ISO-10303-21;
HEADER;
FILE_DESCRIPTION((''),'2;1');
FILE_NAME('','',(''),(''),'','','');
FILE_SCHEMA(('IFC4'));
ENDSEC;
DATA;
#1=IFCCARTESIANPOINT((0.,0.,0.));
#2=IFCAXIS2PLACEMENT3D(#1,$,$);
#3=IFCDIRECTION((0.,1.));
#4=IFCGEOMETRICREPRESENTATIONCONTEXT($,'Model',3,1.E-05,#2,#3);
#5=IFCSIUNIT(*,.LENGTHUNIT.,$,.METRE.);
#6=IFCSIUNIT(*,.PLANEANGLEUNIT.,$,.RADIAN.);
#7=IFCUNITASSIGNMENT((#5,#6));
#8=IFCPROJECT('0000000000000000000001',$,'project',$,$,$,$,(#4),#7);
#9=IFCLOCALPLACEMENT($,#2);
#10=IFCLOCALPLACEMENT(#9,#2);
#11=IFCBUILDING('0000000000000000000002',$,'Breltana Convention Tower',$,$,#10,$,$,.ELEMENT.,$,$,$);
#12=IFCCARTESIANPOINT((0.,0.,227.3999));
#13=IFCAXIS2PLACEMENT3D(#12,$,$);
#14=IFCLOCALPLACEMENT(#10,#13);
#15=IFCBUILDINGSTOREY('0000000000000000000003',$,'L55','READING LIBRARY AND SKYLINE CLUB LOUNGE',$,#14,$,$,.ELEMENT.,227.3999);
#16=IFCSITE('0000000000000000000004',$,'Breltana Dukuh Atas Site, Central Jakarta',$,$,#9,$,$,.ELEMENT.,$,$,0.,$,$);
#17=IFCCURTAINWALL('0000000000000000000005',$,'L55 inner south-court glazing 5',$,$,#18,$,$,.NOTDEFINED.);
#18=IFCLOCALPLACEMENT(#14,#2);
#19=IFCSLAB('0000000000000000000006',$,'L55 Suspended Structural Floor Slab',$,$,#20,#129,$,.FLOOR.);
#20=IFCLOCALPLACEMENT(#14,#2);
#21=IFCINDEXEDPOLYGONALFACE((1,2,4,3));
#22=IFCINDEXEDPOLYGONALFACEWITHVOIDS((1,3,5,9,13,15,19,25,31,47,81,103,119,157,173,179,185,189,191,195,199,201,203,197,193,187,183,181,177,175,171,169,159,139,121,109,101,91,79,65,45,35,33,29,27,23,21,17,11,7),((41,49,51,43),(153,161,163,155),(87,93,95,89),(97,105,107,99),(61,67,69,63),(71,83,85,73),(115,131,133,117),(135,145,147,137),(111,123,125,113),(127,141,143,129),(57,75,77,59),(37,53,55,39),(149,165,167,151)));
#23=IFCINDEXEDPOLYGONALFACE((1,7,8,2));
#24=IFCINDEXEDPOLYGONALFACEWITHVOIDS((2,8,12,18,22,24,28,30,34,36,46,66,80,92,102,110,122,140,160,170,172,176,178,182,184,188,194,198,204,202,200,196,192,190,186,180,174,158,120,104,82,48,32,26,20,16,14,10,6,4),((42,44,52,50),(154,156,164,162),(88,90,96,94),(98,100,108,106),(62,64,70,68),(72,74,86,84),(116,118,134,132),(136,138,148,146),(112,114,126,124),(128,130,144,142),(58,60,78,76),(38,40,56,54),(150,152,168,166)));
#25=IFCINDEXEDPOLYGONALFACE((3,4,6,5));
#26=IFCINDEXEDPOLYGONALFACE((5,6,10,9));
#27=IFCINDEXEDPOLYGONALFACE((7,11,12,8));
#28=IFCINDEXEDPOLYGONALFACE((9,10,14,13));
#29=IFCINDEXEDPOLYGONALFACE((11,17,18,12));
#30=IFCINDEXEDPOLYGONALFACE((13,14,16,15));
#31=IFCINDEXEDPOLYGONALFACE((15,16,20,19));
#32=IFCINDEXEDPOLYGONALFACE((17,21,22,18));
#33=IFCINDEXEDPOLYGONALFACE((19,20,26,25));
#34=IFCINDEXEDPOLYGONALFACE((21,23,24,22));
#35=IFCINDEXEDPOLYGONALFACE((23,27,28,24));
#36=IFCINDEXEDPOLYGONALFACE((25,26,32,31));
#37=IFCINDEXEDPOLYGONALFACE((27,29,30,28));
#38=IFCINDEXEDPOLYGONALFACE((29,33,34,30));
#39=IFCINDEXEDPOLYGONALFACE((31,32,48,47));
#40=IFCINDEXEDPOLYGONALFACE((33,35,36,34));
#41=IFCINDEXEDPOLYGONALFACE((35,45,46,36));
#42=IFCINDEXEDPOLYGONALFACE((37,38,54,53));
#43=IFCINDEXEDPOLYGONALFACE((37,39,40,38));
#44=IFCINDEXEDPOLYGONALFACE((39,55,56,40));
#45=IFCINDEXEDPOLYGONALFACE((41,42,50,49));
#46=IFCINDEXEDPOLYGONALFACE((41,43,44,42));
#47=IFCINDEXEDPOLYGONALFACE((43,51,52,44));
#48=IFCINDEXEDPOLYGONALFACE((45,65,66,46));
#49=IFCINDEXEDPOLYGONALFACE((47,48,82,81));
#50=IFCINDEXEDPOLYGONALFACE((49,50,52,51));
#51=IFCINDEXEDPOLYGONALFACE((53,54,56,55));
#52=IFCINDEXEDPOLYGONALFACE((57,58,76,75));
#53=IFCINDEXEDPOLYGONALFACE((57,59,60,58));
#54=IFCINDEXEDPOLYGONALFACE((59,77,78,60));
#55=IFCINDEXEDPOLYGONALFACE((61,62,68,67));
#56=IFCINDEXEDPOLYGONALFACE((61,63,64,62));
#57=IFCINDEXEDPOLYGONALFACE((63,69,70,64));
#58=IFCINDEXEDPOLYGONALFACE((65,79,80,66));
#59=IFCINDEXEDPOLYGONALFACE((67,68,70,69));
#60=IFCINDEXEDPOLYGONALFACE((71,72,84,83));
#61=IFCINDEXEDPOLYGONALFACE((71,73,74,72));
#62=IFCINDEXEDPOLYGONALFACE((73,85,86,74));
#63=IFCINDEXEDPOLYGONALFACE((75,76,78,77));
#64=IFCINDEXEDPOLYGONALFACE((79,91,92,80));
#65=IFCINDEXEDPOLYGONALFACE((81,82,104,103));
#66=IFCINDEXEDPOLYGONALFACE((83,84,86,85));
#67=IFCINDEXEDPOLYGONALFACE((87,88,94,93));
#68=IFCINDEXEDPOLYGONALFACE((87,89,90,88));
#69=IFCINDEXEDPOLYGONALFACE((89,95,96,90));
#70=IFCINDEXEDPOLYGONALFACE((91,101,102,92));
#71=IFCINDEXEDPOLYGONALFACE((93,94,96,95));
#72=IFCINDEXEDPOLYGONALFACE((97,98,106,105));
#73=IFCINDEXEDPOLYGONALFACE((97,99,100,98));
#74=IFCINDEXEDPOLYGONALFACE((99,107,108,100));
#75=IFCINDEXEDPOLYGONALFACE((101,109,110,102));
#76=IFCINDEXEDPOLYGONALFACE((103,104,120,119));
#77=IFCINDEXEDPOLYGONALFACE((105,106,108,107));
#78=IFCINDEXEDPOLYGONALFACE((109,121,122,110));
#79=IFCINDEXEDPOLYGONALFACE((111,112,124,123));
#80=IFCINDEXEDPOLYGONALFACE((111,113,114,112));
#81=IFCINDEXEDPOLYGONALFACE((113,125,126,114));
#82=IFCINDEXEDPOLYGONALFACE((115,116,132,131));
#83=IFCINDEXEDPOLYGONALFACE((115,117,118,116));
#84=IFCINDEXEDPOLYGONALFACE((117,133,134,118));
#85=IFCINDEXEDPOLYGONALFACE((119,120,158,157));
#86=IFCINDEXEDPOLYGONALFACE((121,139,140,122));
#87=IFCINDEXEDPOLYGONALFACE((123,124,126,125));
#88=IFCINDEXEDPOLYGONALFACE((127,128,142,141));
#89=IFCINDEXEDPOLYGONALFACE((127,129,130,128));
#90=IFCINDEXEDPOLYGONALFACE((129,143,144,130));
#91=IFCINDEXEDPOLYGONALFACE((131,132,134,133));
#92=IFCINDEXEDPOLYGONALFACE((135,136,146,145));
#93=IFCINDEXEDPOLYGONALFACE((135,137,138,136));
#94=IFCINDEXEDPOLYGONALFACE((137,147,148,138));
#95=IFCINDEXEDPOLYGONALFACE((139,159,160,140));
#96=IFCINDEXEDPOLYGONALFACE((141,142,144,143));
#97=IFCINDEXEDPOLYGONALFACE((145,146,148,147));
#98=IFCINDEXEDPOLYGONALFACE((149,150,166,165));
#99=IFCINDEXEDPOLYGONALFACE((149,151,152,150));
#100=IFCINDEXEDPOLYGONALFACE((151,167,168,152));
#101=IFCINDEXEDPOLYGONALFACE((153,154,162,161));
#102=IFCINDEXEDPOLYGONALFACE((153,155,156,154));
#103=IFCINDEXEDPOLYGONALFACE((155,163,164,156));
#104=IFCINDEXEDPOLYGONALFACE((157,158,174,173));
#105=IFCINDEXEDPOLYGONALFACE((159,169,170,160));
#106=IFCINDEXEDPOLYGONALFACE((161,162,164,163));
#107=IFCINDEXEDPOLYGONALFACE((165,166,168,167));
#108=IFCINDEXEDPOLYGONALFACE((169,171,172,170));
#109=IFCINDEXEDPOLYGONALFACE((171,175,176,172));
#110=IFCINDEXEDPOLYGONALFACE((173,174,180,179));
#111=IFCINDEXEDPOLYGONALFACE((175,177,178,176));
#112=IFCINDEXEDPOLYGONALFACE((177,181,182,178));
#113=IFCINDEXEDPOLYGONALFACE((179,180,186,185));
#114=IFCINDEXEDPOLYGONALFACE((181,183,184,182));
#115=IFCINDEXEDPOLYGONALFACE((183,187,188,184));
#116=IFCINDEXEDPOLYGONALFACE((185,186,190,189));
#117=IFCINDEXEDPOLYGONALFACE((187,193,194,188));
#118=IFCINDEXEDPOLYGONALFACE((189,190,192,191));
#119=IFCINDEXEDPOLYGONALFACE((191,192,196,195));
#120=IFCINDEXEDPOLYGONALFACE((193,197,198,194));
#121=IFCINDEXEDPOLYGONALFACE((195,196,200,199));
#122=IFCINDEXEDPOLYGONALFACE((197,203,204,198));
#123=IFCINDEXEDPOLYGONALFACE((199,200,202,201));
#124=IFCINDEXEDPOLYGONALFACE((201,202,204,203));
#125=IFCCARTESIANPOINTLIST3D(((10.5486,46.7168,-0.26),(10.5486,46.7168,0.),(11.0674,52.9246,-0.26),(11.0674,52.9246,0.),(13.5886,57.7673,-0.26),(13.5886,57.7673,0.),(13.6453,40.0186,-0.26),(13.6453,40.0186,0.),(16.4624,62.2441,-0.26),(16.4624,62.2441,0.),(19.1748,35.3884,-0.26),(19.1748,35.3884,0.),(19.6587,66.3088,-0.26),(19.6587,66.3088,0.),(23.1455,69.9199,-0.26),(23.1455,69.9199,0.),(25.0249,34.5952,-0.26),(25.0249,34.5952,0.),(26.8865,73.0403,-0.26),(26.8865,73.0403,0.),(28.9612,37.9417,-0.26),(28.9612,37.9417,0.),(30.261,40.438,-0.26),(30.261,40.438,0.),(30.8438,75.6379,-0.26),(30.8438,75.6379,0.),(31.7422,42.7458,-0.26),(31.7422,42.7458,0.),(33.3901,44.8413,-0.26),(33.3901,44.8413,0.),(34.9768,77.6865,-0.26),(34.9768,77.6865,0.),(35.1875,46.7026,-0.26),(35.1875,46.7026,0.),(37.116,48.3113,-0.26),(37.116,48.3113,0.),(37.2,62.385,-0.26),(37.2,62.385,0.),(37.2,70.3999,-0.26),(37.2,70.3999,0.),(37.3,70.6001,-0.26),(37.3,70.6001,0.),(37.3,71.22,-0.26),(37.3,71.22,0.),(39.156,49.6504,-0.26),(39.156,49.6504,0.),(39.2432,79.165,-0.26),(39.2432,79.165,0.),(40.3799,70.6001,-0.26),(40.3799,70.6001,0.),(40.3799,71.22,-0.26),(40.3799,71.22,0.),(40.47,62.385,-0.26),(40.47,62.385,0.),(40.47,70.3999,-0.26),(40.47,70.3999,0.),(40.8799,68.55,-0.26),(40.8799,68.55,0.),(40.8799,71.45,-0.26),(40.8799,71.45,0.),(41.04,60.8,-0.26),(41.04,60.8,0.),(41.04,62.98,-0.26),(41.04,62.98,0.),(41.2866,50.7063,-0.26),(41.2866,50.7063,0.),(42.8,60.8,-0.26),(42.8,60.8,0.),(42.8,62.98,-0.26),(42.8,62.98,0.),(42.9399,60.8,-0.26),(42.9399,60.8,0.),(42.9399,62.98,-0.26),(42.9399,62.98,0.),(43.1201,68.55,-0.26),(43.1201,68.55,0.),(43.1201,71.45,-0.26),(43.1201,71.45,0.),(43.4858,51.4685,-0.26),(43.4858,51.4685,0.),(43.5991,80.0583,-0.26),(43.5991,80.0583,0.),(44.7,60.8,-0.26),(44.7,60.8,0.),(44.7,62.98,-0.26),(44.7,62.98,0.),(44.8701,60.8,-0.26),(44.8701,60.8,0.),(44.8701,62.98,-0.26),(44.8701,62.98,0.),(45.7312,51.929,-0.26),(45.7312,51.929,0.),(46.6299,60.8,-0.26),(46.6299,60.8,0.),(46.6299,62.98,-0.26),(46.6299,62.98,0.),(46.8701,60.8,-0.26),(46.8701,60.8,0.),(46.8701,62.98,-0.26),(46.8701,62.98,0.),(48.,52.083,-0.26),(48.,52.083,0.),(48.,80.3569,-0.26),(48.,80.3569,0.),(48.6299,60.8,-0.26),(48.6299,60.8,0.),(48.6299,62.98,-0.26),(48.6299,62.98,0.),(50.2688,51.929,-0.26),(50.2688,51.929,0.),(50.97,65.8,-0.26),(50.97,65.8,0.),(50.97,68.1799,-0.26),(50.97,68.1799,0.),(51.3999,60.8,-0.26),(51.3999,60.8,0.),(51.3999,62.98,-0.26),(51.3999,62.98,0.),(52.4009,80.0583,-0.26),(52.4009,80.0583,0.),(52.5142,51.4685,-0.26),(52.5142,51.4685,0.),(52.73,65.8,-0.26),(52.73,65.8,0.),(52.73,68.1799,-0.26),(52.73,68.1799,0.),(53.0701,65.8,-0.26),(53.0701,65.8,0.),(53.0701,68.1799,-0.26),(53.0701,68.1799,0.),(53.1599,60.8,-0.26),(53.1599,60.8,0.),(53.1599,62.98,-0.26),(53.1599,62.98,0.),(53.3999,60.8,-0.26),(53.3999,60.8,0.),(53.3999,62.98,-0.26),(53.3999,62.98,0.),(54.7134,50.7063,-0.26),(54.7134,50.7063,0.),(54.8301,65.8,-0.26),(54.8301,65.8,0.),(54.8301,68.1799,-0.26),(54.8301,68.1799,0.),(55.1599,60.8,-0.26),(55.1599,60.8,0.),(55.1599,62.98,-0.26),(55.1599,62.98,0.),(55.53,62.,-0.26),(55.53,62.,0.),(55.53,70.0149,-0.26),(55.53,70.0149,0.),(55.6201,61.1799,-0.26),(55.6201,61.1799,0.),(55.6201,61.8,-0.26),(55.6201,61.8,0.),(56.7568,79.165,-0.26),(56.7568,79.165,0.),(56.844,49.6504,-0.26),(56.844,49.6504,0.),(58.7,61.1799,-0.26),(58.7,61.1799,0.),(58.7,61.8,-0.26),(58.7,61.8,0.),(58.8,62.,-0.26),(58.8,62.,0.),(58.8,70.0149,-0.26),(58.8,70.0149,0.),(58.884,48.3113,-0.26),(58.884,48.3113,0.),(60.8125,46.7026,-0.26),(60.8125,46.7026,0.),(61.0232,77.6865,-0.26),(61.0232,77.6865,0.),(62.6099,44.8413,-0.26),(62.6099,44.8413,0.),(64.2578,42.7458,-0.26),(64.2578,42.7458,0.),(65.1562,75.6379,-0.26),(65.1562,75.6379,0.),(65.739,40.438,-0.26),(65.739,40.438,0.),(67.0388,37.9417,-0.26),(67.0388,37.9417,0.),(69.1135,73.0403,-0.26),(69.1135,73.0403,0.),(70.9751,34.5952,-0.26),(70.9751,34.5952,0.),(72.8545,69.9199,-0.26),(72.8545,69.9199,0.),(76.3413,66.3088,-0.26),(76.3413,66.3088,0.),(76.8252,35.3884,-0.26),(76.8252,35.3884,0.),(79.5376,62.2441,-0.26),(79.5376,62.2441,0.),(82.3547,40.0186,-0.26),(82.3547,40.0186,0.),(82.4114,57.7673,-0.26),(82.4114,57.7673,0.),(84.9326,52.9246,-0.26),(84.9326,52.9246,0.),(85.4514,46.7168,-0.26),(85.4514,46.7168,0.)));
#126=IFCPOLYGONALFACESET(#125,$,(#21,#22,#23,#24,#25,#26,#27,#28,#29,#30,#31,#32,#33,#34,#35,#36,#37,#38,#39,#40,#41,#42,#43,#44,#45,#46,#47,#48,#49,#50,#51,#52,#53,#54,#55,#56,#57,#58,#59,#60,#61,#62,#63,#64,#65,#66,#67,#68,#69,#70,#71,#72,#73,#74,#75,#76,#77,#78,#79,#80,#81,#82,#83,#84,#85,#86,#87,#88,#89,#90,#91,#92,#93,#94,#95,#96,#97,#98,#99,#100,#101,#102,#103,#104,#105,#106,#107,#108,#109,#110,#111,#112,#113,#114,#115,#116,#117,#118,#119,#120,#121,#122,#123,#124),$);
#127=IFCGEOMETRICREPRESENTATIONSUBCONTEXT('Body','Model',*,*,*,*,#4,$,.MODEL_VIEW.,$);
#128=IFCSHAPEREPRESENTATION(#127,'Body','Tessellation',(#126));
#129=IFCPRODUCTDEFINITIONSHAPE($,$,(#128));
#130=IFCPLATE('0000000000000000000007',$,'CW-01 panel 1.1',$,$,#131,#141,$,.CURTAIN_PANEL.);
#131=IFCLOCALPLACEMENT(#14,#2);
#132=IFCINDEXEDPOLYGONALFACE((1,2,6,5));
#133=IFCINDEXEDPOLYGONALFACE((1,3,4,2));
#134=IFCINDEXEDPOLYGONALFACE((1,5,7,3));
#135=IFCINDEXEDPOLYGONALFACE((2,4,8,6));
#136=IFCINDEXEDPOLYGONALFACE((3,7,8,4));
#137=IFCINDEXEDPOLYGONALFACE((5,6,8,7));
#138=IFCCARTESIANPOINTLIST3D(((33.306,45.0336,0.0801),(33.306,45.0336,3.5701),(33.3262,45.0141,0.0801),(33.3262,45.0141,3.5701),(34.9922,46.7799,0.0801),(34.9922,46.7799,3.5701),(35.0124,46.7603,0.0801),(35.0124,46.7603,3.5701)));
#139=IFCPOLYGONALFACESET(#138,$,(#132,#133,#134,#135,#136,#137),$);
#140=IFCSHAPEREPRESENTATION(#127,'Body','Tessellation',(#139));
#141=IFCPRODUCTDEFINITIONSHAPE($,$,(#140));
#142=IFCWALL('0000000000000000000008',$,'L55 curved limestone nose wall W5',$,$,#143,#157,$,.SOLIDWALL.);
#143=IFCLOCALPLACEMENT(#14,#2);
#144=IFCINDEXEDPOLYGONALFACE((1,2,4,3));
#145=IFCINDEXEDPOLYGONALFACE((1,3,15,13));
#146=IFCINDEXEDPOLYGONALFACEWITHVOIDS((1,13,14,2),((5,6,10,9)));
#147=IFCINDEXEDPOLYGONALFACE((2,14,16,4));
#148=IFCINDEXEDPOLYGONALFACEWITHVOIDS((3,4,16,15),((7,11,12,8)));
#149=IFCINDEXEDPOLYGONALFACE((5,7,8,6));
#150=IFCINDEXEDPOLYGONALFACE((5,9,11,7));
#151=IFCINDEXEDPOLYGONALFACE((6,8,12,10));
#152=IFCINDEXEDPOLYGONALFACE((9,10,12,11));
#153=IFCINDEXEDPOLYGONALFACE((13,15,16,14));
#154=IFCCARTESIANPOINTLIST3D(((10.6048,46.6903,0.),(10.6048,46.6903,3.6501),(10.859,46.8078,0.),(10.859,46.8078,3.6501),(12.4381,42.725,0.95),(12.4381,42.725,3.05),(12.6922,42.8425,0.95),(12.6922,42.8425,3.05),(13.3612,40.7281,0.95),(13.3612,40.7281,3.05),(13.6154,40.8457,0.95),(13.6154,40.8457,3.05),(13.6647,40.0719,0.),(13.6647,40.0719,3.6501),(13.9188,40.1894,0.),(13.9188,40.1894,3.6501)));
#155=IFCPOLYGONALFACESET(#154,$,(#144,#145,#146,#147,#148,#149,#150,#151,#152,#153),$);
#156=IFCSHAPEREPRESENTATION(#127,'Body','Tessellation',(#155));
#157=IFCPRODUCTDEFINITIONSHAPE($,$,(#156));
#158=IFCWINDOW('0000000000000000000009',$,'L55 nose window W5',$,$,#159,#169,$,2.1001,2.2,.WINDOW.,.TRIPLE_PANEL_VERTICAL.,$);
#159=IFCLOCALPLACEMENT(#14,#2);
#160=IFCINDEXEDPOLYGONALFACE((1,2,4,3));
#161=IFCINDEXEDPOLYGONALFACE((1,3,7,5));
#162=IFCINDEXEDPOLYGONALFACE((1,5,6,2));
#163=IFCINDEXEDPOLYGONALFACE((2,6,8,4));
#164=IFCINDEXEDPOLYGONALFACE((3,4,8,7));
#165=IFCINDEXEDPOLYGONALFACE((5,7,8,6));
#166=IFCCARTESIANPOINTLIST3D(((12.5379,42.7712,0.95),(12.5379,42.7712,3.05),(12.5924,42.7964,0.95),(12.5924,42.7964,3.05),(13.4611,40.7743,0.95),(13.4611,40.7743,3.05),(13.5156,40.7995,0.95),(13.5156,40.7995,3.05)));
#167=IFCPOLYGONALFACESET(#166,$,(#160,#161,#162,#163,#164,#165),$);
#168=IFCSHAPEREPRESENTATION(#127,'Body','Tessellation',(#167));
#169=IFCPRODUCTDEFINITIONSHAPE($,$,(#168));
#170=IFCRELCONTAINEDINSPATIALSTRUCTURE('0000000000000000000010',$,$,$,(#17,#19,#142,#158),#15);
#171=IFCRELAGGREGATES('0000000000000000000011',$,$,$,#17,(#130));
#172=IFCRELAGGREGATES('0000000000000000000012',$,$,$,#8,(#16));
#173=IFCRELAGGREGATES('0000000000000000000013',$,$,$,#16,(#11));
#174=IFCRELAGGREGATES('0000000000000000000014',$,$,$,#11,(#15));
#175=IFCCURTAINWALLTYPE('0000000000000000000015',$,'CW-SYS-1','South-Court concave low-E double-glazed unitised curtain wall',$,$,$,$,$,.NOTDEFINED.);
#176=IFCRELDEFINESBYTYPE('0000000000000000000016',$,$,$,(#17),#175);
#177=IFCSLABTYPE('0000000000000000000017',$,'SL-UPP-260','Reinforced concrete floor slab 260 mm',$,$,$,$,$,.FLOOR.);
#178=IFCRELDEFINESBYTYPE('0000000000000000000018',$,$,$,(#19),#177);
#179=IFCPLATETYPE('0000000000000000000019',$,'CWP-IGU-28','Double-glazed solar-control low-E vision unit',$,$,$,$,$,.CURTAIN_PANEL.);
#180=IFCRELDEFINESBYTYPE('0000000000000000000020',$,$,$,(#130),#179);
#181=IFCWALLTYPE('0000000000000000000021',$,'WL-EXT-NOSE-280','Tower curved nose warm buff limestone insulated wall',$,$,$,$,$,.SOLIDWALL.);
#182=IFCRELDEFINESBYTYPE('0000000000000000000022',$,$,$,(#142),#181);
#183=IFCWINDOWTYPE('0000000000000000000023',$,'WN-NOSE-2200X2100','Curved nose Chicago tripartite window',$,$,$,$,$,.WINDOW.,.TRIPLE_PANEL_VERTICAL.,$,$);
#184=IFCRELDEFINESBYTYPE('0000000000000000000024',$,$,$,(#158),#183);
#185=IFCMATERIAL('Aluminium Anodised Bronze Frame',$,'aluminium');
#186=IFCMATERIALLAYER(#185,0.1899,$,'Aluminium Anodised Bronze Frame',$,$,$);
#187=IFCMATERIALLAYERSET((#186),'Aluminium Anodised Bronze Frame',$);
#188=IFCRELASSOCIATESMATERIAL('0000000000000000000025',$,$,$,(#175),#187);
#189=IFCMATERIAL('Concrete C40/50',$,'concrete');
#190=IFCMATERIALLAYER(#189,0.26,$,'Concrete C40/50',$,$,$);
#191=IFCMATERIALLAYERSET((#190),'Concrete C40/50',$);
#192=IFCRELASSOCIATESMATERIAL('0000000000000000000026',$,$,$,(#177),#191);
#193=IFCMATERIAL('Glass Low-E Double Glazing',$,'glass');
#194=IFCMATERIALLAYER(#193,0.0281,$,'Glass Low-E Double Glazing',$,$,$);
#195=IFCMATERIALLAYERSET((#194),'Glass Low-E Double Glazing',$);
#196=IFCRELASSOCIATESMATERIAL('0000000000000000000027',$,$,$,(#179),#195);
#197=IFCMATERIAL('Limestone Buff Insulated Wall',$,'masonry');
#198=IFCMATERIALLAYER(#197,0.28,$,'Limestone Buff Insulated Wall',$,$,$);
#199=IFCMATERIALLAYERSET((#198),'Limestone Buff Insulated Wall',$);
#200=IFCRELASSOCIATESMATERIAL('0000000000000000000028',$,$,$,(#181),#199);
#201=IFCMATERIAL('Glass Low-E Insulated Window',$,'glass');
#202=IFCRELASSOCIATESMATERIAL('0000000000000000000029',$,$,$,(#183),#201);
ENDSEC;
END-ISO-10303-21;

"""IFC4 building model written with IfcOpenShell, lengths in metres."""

from ifc_helpers import new_model, si_unit, direction, frame, frame_2d, origin, origin_2d, place, context, subcontext, project, spatial, polyline, rectangle, outline, extrude, source, transform, mapped, material, layer, layer_set, type_object, type_shapes, element, fill, aggregate, save


model = new_model("IFC4")

# Units and contexts
model_context = context("Model", 3, precision=1e-05, world=origin(), true_north=direction((0.0, 1.0)))
body_context = subcontext(model_context, "Body", "Model", "MODEL_VIEW")
ifc_project = project(units=[si_unit("LENGTHUNIT", "METRE"), si_unit("PLANEANGLEUNIT", "RADIAN")], contexts=[model_context])

# Site, building, storey
site_placement = place(None, origin())
site = spatial("IfcSite", under=ifc_project, at=site_placement, Name="Breltana Dukuh Atas Site, Central Jakarta", CompositionType="ELEMENT", RefElevation=0.0)
building_placement = place(site_placement, origin())
building = spatial("IfcBuilding", under=site, at=building_placement, Name="Breltana Convention Tower", CompositionType="ELEMENT")
storey_placement = place(building_placement, frame((0.0, 0.0, 227.3999)))
storey = spatial("IfcBuildingStorey", under=building, at=storey_placement, Name="L55", Description="READING LIBRARY AND SKYLINE CLUB LOUNGE", CompositionType="ELEMENT", Elevation=227.3999)

# Curtain wall
ifc_material_1 = material(Name="Aluminium Anodised Bronze Frame", Category="aluminium")
ifc_layer_1 = layer(ifc_material_1, 0.1899, Name="Aluminium Anodised Bronze Frame")
ifc_layer_set_1 = layer_set([ifc_layer_1], Name="Aluminium Anodised Bronze Frame")
curtain_wall_type = type_object("IfcCurtainWallType", Name="CW-SYS-1", Description="South-Court concave low-E double-glazed unitised curtain wall", PredefinedType="NOTDEFINED", material=ifc_layer_set_1)
curtain_wall_placement = place(storey_placement, origin())
curtain_wall = element("IfcCurtainWall", 1, at=curtain_wall_placement, inside=storey, type_object=curtain_wall_type, Name="L55 inner south-court glazing 5", PredefinedType="NOTDEFINED")

# Shared definitions
ifc_material_2 = material(Name="Concrete C40/50", Category="concrete")

# Slab
ifc_layer_2 = layer(ifc_material_2, 0.26, Name="Concrete C40/50")
ifc_layer_set_2 = layer_set([ifc_layer_2], Name="Concrete C40/50")
slab_type_1 = type_object("IfcSlabType", Name="SL-UPP-260", Description="Reinforced concrete floor slab 260 mm", PredefinedType="FLOOR", material=ifc_layer_set_2)
slab_1_placement = place(storey_placement, frame((0.0, 0.0, -0.26)))
element("IfcSlab", 2, at=slab_1_placement, inside=storey, type_object=slab_type_1, Name="L55 Suspended Structural Floor Slab", PredefinedType="FLOOR", context=body_context, shape_type="SweptSolid", body=[
    extrude(outline(polyline([(84.9326, 52.9246), (82.4114, 57.7673), (79.5376, 62.2441), (76.3413, 66.3088), (72.8545, 69.9199), (69.1135, 73.0403), (65.1562, 75.6379), (61.0232, 77.6865), (56.7568, 79.165), (52.4009, 80.0583), (48.0, 80.3569), (43.5991, 80.0583), (39.2432, 79.165), (34.9768, 77.6865), (30.8438, 75.6379), (26.8865, 73.0403), (23.1455, 69.9199), (19.6587, 66.3088), (16.4624, 62.2441), (13.5886, 57.7673), (11.0674, 52.9246), (10.5486, 46.7168), (13.6453, 40.0186), (19.1748, 35.3884), (25.0249, 34.5952), (28.9612, 37.9417), (30.261, 40.438), (31.7422, 42.7458), (33.3901, 44.8413), (35.1875, 46.7026), (37.116, 48.3113), (39.156, 49.6504), (41.2866, 50.7063), (43.4858, 51.4685), (45.7312, 51.929), (48.0, 52.083), (50.2688, 51.929), (52.5142, 51.4685), (54.7134, 50.7063), (56.844, 49.6504), (58.884, 48.3113), (60.8125, 46.7026), (62.6099, 44.8413), (64.2578, 42.7458), (65.739, 40.438), (67.0388, 37.9417), (70.9751, 34.5952), (76.8252, 35.3884), (82.3547, 40.0186), (85.4514, 46.7168), (84.9326, 52.9246)]), holes=[polyline([(37.2, 62.385), (40.47, 62.385), (40.47, 70.3999), (37.2, 70.3999), (37.2, 62.385)]), polyline([(55.53, 62.0), (58.8, 62.0), (58.8, 70.0149), (55.53, 70.0149), (55.53, 62.0)]), polyline([(41.04, 60.8), (42.8, 60.8), (42.8, 62.98), (41.04, 62.98), (41.04, 60.8)]), polyline([(42.9399, 60.8), (44.7, 60.8), (44.7, 62.98), (42.9399, 62.98), (42.9399, 60.8)]), polyline([(44.8701, 60.8), (46.6299, 60.8), (46.6299, 62.98), (44.8701, 62.98), (44.8701, 60.8)]), polyline([(46.8701, 60.8), (48.6299, 60.8), (48.6299, 62.98), (46.8701, 62.98), (46.8701, 60.8)]), polyline([(51.3999, 60.8), (53.1599, 60.8), (53.1599, 62.98), (51.3999, 62.98), (51.3999, 60.8)]), polyline([(53.3999, 60.8), (55.1599, 60.8), (55.1599, 62.98), (53.3999, 62.98), (53.3999, 60.8)]), polyline([(50.97, 65.8), (52.73, 65.8), (52.73, 68.1799), (50.97, 68.1799), (50.97, 65.8)]), polyline([(53.0701, 65.8), (54.8301, 65.8), (54.8301, 68.1799), (53.0701, 68.1799), (53.0701, 65.8)]), polyline([(40.8799, 68.55), (43.1201, 68.55), (43.1201, 71.45), (40.8799, 71.45), (40.8799, 68.55)]), polyline([(37.3, 70.6001), (40.3799, 70.6001), (40.3799, 71.22), (37.3, 71.22), (37.3, 70.6001)]), polyline([(55.6201, 61.1799), (58.7, 61.1799), (58.7, 61.8), (55.6201, 61.8), (55.6201, 61.1799)])]), origin(), (0.0, 0.0, 1.0), 0.26),
])

# Plate
ifc_material_3 = material(Name="Glass Low-E Double Glazing", Category="glass")
ifc_layer_3 = layer(ifc_material_3, 0.0281, Name="Glass Low-E Double Glazing")
ifc_layer_set_3 = layer_set([ifc_layer_3], Name="Glass Low-E Double Glazing")
plate_type = type_object("IfcPlateType", Name="CWP-IGU-28", Description="Double-glazed solar-control low-E vision unit", PredefinedType="CURTAIN_PANEL", material=ifc_layer_set_3)
shared_shape_1 = source(origin(), body_context, "Body", "SweptSolid", [
    extrude(rectangle(XDim=2.4275, YDim=0.0281, at=origin_2d()), origin(), (0.0, 0.0, 1.0), 3.49),
])
plate_placement = place(storey_placement, frame((34.1592, 45.897, 0.0801), z_axis=(0.0, 0.0, 1.0), x_axis=(-0.694632, -0.719366, 0.0)))
plate = element("IfcPlate", 3, at=plate_placement, type_object=plate_type, Name="CW-01 panel 1.1", PredefinedType="CURTAIN_PANEL", context=body_context, shape_type="MappedRepresentation", body=[
    mapped(shared_shape_1, transform((0.0, 0.0, 0.0), scale=1.0)),
])
aggregate(curtain_wall, [plate])

# Wall, opening, window
ifc_material_4 = material(Name="Limestone Buff Insulated Wall", Category="masonry")
ifc_layer_4 = layer(ifc_material_4, 0.28, Name="Limestone Buff Insulated Wall")
ifc_layer_set_4 = layer_set([ifc_layer_4], Name="Limestone Buff Insulated Wall")
wall_type = type_object("IfcWallType", Name="WL-EXT-NOSE-280", Description="Tower curved nose warm buff limestone insulated wall", PredefinedType="SOLIDWALL", material=ifc_layer_set_4)
shared_shape_2 = source(origin(), body_context, "Body", "SweptSolid", [
    extrude(rectangle(XDim=7.2915, YDim=0.28, at=frame_2d((3.6458, 0.0))), origin(), (0.0, 0.0, 1.0), 3.6501),
])
wall_1_placement = place(storey_placement, frame((13.7917, 40.1306, 0.0), z_axis=(0.0, 0.0, 1.0), x_axis=(-0.419642, 0.90769, 0.0)))
wall_1 = element("IfcWall", 4, at=wall_1_placement, inside=storey, type_object=wall_type, Name="L55 curved limestone nose wall W5", PredefinedType="SOLIDWALL", context=body_context, shape_type="MappedRepresentation", body=[
    mapped(shared_shape_2, transform((0.0, 0.0, 0.0), scale=1.0)),
])
opening_1_placement = place(wall_1_placement, frame((0.7229, 0.0, 0.95)))
opening_1 = element("IfcOpeningElement", 5, at=opening_1_placement, cuts=wall_1, PredefinedType="OPENING", context=body_context, shape_type="SweptSolid", body=[
    extrude(rectangle(XDim=2.2, YDim=2.1001, at=frame_2d((1.1001, 1.05))), frame((0.0, 0.1499, 0.0), z_axis=(0.0, -1.0, 0.0), x_axis=(1.0, 0.0, 0.0)), (0.0, 0.0, 1.0), 0.3),
])
ifc_material_5 = material(Name="Glass Low-E Insulated Window", Category="glass")
window_type = type_object("IfcWindowType", Name="WN-NOSE-2200X2100", Description="Curved nose Chicago tripartite window", PartitioningType="TRIPLE_PANEL_VERTICAL", PredefinedType="WINDOW", material=ifc_material_5)
shared_shape_3 = source(origin(), body_context, "Body", "SweptSolid", [
    extrude(rectangle(XDim=2.2, YDim=2.1001, at=frame_2d((1.1001, 1.05))), frame((0.0, 0.03, 0.0), z_axis=(0.0, -1.0, 0.0), x_axis=(1.0, 0.0, 0.0)), (0.0, 0.0, 1.0), 0.0601),
])
type_shapes(window_type, [shared_shape_3])
window_1_placement = place(opening_1_placement, origin())
window_1 = element("IfcWindow", 6, at=window_1_placement, inside=storey, type_object=window_type, Name="L55 nose window W5", OverallHeight=2.1001, OverallWidth=2.2, PartitioningType="TRIPLE_PANEL_VERTICAL", PredefinedType="WINDOW", context=body_context, shape_type="MappedRepresentation", body=[
    mapped(shared_shape_3, transform((0.0, 0.0, 0.0), scale=1.0)),
])
fill(opening_1, window_1)

save(model, "model.ifc")
